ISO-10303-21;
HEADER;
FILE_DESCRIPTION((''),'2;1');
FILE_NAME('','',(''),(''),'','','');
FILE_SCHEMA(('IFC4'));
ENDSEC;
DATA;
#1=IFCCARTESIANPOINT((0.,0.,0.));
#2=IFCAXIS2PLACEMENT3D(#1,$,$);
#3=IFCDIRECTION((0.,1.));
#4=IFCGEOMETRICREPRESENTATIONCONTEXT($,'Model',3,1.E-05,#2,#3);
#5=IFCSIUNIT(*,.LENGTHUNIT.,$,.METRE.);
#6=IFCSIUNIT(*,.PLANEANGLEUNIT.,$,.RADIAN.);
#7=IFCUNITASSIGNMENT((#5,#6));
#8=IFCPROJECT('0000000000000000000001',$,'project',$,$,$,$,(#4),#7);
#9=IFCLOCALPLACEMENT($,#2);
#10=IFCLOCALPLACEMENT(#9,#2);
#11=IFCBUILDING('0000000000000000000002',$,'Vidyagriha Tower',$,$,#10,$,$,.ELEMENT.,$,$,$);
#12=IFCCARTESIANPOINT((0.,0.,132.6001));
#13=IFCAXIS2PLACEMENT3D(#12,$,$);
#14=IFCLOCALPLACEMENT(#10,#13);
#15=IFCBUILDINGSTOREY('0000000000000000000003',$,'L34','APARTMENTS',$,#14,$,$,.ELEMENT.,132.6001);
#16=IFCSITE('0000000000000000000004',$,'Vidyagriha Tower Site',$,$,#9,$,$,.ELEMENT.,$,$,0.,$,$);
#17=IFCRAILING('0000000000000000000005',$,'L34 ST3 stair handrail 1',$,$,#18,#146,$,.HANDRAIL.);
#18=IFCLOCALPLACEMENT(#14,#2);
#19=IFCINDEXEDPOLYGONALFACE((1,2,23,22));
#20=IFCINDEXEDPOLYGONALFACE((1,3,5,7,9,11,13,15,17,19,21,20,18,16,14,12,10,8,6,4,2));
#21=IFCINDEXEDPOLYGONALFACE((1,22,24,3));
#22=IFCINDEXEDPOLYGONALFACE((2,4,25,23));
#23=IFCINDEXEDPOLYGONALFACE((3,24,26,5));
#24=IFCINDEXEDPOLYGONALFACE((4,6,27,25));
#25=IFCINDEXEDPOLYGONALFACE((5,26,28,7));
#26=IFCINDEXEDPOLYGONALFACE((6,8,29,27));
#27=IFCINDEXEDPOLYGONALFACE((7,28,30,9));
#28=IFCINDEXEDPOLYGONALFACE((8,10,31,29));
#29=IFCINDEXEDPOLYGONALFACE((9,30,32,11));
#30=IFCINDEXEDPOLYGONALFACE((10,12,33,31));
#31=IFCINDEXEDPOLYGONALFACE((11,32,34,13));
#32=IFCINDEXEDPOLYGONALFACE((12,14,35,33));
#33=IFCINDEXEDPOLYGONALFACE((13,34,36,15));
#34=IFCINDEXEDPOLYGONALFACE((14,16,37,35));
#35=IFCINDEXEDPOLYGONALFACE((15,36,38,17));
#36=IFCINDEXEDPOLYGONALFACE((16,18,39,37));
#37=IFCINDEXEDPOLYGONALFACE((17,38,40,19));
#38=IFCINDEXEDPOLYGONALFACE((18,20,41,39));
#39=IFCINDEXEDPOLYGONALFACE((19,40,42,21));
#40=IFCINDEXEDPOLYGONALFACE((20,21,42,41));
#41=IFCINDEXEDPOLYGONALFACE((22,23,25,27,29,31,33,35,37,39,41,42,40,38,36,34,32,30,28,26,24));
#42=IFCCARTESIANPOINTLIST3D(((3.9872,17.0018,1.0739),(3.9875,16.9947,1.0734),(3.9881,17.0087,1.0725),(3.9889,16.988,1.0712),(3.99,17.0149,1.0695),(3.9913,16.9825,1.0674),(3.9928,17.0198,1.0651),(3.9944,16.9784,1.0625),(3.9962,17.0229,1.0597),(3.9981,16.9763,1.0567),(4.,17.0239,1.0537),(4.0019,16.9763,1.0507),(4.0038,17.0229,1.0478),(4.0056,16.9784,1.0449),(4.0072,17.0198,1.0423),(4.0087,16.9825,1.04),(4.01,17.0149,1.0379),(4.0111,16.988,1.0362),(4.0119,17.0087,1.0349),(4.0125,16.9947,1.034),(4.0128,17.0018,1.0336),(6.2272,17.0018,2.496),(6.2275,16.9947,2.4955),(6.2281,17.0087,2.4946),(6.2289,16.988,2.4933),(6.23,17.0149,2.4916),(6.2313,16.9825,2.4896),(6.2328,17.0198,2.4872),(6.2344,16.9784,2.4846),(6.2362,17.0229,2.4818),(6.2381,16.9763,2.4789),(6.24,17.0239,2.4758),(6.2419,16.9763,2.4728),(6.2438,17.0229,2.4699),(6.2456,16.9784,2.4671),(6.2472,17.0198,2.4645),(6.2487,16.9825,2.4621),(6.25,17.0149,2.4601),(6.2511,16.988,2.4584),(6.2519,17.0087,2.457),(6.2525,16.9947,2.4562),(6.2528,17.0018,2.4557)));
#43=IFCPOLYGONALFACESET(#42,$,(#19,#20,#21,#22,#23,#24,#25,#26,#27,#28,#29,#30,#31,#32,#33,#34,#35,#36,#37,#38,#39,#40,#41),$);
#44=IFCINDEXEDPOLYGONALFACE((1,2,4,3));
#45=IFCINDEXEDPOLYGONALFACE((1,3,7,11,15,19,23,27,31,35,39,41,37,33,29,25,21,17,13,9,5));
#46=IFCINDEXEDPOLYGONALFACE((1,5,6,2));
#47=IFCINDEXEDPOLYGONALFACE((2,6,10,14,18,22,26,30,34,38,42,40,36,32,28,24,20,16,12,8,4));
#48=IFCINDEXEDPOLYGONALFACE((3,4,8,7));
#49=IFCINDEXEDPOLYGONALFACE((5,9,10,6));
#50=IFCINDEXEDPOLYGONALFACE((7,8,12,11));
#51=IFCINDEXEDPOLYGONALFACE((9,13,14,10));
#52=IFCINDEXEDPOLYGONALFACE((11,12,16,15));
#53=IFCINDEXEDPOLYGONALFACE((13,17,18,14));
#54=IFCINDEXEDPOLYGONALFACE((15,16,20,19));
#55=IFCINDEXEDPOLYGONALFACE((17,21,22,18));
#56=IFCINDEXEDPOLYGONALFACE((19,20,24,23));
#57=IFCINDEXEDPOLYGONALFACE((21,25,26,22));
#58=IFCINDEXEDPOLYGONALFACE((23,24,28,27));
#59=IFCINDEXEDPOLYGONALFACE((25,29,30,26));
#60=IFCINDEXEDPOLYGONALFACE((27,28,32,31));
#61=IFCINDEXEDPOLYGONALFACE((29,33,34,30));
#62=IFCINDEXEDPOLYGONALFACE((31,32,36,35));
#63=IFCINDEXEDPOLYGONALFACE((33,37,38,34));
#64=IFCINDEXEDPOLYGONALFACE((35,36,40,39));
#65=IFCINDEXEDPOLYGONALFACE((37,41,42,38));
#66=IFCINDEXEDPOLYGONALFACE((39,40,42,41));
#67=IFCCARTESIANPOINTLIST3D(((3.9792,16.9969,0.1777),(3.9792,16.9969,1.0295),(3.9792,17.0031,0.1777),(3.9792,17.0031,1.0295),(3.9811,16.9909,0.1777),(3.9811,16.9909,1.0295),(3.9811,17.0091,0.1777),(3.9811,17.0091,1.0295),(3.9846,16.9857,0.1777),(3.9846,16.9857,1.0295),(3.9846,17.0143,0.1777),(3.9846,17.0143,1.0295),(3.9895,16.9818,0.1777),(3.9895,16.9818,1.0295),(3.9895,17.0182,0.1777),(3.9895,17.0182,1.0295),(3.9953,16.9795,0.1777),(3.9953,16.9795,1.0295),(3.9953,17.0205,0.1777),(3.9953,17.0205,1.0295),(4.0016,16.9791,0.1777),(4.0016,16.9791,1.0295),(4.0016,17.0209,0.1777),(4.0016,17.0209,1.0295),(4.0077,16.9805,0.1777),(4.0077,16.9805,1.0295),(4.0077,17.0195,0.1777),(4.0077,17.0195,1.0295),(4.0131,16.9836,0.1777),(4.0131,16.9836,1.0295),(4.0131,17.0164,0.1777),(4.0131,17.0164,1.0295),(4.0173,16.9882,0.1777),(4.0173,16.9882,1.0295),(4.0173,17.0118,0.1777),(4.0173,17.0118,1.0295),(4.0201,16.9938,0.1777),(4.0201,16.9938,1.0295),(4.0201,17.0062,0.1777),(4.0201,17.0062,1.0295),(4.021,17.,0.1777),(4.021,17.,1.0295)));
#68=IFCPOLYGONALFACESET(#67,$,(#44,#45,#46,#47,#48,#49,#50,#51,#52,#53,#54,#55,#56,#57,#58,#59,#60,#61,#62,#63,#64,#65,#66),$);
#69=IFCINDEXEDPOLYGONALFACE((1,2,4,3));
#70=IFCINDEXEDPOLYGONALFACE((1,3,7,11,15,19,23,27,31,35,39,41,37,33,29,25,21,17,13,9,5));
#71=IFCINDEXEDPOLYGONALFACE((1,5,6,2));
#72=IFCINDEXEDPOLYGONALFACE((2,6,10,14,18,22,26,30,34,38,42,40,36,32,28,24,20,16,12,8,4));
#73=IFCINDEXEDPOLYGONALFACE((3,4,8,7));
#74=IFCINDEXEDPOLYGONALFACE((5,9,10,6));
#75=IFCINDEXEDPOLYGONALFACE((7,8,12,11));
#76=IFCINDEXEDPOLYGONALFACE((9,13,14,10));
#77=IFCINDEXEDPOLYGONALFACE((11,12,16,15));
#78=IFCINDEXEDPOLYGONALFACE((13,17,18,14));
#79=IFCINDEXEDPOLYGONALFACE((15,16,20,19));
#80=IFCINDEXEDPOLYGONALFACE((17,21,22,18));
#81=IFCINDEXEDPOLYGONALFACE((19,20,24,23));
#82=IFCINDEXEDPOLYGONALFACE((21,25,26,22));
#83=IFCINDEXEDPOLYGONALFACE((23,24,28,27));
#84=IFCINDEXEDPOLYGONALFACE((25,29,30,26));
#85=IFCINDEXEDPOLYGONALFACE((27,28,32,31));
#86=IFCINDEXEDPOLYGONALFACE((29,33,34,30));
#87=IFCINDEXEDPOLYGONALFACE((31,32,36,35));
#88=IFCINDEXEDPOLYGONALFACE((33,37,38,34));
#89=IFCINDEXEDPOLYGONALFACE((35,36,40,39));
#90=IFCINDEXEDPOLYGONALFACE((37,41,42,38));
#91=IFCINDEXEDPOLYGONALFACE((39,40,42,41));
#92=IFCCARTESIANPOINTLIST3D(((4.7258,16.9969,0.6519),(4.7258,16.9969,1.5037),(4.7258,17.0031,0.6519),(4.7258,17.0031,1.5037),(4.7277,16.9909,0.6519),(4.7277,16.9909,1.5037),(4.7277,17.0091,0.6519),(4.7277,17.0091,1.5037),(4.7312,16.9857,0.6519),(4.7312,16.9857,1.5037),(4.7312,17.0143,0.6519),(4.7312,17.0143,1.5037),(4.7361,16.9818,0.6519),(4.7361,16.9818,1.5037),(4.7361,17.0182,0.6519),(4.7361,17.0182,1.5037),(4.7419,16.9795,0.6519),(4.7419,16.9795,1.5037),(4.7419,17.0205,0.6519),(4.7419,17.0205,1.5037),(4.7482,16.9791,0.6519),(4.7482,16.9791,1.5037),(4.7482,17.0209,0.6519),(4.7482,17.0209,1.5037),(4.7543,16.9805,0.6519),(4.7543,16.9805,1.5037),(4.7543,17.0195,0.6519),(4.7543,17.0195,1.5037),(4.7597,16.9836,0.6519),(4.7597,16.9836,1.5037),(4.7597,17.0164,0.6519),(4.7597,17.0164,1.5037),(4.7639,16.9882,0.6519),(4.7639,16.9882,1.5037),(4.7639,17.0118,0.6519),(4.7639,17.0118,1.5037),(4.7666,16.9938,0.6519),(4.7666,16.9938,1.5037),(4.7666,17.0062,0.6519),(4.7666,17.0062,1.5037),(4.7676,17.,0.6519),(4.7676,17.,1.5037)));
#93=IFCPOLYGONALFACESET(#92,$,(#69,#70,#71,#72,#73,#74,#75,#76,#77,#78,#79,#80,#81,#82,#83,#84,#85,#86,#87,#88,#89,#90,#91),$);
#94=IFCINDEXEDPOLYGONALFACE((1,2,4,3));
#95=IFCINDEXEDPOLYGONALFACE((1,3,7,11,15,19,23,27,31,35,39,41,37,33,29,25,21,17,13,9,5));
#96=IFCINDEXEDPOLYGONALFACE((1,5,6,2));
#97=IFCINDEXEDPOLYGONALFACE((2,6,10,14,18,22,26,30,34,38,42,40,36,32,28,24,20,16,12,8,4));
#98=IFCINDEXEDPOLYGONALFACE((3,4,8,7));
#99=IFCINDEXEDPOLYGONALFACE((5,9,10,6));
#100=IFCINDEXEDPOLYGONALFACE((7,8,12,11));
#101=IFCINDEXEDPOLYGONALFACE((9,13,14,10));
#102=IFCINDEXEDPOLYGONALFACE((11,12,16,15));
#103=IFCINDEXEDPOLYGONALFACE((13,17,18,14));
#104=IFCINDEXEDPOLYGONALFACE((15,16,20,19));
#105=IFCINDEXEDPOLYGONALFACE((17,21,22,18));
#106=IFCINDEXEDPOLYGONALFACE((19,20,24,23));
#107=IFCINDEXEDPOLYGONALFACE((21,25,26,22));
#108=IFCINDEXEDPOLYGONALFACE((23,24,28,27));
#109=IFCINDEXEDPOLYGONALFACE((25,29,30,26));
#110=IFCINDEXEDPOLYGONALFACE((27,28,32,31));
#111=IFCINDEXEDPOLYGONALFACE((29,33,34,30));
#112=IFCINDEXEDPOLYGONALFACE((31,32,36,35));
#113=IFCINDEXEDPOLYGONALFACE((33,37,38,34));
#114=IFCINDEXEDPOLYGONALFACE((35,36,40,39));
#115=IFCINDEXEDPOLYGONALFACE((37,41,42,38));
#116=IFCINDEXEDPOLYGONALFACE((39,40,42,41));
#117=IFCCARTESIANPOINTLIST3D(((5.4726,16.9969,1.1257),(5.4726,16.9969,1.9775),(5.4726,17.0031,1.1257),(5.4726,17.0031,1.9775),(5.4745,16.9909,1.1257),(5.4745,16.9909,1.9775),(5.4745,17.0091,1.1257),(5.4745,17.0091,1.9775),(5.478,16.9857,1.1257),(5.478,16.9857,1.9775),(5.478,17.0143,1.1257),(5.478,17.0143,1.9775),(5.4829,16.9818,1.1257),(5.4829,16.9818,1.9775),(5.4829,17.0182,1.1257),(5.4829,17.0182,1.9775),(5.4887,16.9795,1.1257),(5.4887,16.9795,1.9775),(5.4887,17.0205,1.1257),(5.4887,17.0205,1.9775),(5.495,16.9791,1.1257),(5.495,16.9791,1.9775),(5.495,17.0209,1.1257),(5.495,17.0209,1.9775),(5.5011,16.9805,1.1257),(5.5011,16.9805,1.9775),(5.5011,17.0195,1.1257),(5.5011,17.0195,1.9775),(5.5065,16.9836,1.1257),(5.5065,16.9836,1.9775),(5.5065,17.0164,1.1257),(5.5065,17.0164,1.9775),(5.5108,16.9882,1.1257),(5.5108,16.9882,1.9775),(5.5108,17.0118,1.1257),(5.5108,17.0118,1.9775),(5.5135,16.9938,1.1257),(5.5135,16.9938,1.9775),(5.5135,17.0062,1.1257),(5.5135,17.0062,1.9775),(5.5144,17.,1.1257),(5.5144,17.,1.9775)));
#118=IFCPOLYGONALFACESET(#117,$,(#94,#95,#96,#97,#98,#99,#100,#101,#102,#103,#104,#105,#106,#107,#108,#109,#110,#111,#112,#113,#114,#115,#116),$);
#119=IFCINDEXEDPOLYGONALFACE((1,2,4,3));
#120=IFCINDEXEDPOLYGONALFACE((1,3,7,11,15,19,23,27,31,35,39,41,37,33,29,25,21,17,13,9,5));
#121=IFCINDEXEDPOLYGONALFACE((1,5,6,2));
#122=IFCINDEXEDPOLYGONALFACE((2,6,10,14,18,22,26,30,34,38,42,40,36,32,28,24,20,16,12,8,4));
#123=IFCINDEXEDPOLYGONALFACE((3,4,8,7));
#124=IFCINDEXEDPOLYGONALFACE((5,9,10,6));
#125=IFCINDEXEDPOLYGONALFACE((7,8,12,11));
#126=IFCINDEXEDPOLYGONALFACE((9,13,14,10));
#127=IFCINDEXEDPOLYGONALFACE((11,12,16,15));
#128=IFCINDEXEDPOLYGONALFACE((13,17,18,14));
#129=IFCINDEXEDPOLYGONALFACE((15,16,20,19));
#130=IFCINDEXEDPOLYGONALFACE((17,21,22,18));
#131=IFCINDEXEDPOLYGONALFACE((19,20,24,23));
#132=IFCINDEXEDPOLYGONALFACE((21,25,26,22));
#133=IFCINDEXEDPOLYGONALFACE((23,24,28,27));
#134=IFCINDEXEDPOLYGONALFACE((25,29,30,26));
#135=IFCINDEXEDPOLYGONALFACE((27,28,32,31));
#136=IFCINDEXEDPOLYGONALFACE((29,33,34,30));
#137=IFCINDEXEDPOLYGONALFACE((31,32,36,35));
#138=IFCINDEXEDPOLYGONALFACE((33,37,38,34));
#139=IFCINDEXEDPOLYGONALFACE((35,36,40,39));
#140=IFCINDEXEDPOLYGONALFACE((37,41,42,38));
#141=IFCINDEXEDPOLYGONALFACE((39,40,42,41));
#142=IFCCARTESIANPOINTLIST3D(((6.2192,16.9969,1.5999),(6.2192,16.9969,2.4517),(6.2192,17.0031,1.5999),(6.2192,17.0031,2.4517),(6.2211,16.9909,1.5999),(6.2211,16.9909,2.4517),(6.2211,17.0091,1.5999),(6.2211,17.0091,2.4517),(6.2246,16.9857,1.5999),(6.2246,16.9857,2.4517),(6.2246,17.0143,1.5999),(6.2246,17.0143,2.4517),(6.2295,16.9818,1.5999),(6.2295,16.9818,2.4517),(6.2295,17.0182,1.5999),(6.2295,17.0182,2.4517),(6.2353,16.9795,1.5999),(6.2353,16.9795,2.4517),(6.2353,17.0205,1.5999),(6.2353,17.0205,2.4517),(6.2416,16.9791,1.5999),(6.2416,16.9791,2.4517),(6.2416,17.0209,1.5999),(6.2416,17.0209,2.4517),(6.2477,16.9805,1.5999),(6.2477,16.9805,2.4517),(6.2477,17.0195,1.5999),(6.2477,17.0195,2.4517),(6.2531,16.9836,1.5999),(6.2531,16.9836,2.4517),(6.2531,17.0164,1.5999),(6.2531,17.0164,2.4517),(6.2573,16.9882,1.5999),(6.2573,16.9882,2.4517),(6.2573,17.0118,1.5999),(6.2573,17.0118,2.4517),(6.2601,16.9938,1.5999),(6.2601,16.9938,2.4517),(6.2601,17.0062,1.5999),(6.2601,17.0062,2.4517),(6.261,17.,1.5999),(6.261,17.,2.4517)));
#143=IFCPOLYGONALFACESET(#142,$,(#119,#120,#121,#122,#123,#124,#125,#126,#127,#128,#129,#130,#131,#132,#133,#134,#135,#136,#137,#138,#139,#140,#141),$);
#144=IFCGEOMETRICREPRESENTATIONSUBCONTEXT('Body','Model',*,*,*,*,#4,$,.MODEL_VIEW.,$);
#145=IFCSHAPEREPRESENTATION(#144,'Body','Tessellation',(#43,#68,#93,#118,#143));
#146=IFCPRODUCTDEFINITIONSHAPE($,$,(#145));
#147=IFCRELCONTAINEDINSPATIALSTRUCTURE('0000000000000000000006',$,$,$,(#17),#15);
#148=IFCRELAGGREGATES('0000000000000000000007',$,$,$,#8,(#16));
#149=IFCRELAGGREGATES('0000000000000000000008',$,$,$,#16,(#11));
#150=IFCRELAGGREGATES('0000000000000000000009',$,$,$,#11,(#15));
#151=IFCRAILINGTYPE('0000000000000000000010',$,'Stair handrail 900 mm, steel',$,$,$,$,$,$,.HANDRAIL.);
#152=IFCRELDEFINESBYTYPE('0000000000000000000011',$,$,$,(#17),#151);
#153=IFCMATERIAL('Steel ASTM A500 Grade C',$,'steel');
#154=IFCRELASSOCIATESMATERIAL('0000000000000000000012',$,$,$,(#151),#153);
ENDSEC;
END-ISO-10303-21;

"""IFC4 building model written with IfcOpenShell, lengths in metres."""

from ifc_helpers import new_model, si_unit, direction, frame, origin, origin_2d, place, context, subcontext, project, spatial, circle, extrude, material, type_object, element, save


model = new_model("IFC4")

# Units and contexts
model_context = context("Model", 3, precision=1e-05, world=origin(), true_north=direction((0.0, 1.0)))
body_context = subcontext(model_context, "Body", "Model", "MODEL_VIEW")
ifc_project = project(units=[si_unit("LENGTHUNIT", "METRE"), si_unit("PLANEANGLEUNIT", "RADIAN")], contexts=[model_context])

# Site, building, storey
site_placement = place(None, origin())
site = spatial("IfcSite", under=ifc_project, at=site_placement, Name="Vidyagriha Tower Site", CompositionType="ELEMENT", RefElevation=0.0)
building_placement = place(site_placement, origin())
building = spatial("IfcBuilding", under=site, at=building_placement, Name="Vidyagriha Tower", CompositionType="ELEMENT")
storey_placement = place(building_placement, frame((0.0, 0.0, 132.6001)))
storey = spatial("IfcBuildingStorey", under=building, at=storey_placement, Name="L34", Description="APARTMENTS", CompositionType="ELEMENT", Elevation=132.6001)

# Railing
ifc_material_1 = material(Name="Steel ASTM A500 Grade C", Category="steel")
railing_type_1 = type_object("IfcRailingType", Name="Stair handrail 900 mm, steel", PredefinedType="HANDRAIL", material=ifc_material_1)
railing_1_placement = place(storey_placement, frame((4.0, 17.0, 0.1777)))
element("IfcRailing", 1, at=railing_1_placement, inside=storey, type_object=railing_type_1, Name="L34 ST3 stair handrail 1", PredefinedType="HANDRAIL", context=body_context, shape_type="SweptSolid", body=[
    extrude(circle(Radius=0.0239, at=origin_2d()), frame((0.0, 0.0, 0.876), z_axis=(0.844229, 0.0, 0.535982), x_axis=(0.0, 1.0, 0.0)), (0.0, 0.0, 1.0), 2.6533),
    extrude(circle(Radius=0.021, at=origin_2d()), origin(), (0.0, 0.0, 1.0), 0.8518),
    extrude(circle(Radius=0.021, at=origin_2d()), frame((0.7466, 0.0, 0.4741)), (0.0, 0.0, 1.0), 0.8518),
    extrude(circle(Radius=0.021, at=origin_2d()), frame((1.4934, 0.0, 0.948)), (0.0, 0.0, 1.0), 0.8518),
    extrude(circle(Radius=0.021, at=origin_2d()), frame((2.24, 0.0, 1.4221)), (0.0, 0.0, 1.0), 0.8518),
])

save(model, "model.ifc")
